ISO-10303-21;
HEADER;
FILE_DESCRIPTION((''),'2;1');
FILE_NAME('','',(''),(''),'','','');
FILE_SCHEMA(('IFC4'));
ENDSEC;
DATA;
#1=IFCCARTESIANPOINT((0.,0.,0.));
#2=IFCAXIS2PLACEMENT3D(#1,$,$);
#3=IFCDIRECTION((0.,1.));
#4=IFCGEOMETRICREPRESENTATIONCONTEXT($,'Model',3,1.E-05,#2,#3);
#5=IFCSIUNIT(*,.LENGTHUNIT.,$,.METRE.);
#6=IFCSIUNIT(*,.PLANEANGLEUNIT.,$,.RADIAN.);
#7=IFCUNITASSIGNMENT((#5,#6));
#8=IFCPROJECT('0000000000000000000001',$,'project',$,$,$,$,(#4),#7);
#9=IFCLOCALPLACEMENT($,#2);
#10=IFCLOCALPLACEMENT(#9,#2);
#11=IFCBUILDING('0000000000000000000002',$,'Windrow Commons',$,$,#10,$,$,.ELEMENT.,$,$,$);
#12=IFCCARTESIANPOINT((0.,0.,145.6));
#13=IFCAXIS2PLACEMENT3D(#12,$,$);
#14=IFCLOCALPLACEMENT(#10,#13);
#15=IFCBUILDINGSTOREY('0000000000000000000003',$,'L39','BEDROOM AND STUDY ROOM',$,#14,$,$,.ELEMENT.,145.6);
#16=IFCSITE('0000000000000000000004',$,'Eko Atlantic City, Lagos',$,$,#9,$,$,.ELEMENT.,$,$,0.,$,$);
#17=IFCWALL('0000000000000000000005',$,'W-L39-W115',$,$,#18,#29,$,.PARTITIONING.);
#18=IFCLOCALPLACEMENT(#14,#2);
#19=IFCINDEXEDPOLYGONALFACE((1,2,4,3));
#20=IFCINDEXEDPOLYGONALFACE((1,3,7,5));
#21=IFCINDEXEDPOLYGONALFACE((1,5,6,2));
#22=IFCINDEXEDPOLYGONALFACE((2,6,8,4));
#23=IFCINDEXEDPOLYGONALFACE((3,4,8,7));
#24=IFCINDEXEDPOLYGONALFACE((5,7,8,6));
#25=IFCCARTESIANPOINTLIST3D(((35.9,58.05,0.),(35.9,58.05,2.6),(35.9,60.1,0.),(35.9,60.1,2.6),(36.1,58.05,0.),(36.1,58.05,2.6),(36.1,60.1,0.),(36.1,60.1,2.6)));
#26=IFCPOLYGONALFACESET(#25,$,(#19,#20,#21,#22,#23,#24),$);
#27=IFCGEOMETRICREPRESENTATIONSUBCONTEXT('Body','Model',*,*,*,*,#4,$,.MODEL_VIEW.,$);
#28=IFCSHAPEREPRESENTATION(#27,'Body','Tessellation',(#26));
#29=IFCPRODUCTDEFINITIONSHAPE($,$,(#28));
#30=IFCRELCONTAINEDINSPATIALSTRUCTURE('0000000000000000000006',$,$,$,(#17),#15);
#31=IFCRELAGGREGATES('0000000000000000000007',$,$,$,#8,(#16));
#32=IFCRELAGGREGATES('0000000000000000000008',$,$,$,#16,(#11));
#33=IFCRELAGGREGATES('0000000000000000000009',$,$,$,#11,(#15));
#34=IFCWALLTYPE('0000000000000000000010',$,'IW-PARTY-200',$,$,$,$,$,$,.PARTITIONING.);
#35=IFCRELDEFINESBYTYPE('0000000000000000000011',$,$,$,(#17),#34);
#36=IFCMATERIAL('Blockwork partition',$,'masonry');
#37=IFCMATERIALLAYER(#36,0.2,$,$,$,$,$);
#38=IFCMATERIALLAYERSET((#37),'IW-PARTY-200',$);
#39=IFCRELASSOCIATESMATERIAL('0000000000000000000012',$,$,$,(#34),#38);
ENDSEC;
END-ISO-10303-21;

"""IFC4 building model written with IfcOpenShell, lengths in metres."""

from ifc_helpers import new_model, si_unit, direction, frame, frame_2d, origin, place, context, subcontext, project, spatial, rectangle, extrude, material, layer, layer_set, type_object, element, save


model = new_model("IFC4")

# Units and contexts
model_context = context("Model", 3, precision=1e-05, world=origin(), true_north=direction((0.0, 1.0)))
body_context = subcontext(model_context, "Body", "Model", "MODEL_VIEW")
ifc_project = project(units=[si_unit("LENGTHUNIT", "METRE"), si_unit("PLANEANGLEUNIT", "RADIAN")], contexts=[model_context])

# Site, building, storey
site_placement = place(None, origin())
site = spatial("IfcSite", under=ifc_project, at=site_placement, Name="Eko Atlantic City, Lagos", CompositionType="ELEMENT", RefElevation=0.0)
building_placement = place(site_placement, origin())
building = spatial("IfcBuilding", under=site, at=building_placement, Name="Windrow Commons", CompositionType="ELEMENT")
storey_placement = place(building_placement, frame((0.0, 0.0, 145.6)))
storey = spatial("IfcBuildingStorey", under=building, at=storey_placement, Name="L39", Description="BEDROOM AND STUDY ROOM", CompositionType="ELEMENT", Elevation=145.6)

# Wall
ifc_material_1 = material(Name="Blockwork partition", Category="masonry")
ifc_layer_1 = layer(ifc_material_1, 0.2)
ifc_layer_set_1 = layer_set([ifc_layer_1], Name="IW-PARTY-200")
wall_type_1 = type_object("IfcWallType", Name="IW-PARTY-200", PredefinedType="PARTITIONING", material=ifc_layer_set_1)
wall_1_placement = place(storey_placement, frame((36.0, 58.05, 0.0), z_axis=(0.0, 0.0, 1.0), x_axis=(0.0, 1.0, 0.0)))
element("IfcWall", 1, at=wall_1_placement, inside=storey, type_object=wall_type_1, Name="W-L39-W115", PredefinedType="PARTITIONING", context=body_context, shape_type="SweptSolid", body=[
    extrude(rectangle(XDim=2.05, YDim=0.2, at=frame_2d((1.025, 0.0))), origin(), (0.0, 0.0, 1.0), 2.6),
])

save(model, "model.ifc")
